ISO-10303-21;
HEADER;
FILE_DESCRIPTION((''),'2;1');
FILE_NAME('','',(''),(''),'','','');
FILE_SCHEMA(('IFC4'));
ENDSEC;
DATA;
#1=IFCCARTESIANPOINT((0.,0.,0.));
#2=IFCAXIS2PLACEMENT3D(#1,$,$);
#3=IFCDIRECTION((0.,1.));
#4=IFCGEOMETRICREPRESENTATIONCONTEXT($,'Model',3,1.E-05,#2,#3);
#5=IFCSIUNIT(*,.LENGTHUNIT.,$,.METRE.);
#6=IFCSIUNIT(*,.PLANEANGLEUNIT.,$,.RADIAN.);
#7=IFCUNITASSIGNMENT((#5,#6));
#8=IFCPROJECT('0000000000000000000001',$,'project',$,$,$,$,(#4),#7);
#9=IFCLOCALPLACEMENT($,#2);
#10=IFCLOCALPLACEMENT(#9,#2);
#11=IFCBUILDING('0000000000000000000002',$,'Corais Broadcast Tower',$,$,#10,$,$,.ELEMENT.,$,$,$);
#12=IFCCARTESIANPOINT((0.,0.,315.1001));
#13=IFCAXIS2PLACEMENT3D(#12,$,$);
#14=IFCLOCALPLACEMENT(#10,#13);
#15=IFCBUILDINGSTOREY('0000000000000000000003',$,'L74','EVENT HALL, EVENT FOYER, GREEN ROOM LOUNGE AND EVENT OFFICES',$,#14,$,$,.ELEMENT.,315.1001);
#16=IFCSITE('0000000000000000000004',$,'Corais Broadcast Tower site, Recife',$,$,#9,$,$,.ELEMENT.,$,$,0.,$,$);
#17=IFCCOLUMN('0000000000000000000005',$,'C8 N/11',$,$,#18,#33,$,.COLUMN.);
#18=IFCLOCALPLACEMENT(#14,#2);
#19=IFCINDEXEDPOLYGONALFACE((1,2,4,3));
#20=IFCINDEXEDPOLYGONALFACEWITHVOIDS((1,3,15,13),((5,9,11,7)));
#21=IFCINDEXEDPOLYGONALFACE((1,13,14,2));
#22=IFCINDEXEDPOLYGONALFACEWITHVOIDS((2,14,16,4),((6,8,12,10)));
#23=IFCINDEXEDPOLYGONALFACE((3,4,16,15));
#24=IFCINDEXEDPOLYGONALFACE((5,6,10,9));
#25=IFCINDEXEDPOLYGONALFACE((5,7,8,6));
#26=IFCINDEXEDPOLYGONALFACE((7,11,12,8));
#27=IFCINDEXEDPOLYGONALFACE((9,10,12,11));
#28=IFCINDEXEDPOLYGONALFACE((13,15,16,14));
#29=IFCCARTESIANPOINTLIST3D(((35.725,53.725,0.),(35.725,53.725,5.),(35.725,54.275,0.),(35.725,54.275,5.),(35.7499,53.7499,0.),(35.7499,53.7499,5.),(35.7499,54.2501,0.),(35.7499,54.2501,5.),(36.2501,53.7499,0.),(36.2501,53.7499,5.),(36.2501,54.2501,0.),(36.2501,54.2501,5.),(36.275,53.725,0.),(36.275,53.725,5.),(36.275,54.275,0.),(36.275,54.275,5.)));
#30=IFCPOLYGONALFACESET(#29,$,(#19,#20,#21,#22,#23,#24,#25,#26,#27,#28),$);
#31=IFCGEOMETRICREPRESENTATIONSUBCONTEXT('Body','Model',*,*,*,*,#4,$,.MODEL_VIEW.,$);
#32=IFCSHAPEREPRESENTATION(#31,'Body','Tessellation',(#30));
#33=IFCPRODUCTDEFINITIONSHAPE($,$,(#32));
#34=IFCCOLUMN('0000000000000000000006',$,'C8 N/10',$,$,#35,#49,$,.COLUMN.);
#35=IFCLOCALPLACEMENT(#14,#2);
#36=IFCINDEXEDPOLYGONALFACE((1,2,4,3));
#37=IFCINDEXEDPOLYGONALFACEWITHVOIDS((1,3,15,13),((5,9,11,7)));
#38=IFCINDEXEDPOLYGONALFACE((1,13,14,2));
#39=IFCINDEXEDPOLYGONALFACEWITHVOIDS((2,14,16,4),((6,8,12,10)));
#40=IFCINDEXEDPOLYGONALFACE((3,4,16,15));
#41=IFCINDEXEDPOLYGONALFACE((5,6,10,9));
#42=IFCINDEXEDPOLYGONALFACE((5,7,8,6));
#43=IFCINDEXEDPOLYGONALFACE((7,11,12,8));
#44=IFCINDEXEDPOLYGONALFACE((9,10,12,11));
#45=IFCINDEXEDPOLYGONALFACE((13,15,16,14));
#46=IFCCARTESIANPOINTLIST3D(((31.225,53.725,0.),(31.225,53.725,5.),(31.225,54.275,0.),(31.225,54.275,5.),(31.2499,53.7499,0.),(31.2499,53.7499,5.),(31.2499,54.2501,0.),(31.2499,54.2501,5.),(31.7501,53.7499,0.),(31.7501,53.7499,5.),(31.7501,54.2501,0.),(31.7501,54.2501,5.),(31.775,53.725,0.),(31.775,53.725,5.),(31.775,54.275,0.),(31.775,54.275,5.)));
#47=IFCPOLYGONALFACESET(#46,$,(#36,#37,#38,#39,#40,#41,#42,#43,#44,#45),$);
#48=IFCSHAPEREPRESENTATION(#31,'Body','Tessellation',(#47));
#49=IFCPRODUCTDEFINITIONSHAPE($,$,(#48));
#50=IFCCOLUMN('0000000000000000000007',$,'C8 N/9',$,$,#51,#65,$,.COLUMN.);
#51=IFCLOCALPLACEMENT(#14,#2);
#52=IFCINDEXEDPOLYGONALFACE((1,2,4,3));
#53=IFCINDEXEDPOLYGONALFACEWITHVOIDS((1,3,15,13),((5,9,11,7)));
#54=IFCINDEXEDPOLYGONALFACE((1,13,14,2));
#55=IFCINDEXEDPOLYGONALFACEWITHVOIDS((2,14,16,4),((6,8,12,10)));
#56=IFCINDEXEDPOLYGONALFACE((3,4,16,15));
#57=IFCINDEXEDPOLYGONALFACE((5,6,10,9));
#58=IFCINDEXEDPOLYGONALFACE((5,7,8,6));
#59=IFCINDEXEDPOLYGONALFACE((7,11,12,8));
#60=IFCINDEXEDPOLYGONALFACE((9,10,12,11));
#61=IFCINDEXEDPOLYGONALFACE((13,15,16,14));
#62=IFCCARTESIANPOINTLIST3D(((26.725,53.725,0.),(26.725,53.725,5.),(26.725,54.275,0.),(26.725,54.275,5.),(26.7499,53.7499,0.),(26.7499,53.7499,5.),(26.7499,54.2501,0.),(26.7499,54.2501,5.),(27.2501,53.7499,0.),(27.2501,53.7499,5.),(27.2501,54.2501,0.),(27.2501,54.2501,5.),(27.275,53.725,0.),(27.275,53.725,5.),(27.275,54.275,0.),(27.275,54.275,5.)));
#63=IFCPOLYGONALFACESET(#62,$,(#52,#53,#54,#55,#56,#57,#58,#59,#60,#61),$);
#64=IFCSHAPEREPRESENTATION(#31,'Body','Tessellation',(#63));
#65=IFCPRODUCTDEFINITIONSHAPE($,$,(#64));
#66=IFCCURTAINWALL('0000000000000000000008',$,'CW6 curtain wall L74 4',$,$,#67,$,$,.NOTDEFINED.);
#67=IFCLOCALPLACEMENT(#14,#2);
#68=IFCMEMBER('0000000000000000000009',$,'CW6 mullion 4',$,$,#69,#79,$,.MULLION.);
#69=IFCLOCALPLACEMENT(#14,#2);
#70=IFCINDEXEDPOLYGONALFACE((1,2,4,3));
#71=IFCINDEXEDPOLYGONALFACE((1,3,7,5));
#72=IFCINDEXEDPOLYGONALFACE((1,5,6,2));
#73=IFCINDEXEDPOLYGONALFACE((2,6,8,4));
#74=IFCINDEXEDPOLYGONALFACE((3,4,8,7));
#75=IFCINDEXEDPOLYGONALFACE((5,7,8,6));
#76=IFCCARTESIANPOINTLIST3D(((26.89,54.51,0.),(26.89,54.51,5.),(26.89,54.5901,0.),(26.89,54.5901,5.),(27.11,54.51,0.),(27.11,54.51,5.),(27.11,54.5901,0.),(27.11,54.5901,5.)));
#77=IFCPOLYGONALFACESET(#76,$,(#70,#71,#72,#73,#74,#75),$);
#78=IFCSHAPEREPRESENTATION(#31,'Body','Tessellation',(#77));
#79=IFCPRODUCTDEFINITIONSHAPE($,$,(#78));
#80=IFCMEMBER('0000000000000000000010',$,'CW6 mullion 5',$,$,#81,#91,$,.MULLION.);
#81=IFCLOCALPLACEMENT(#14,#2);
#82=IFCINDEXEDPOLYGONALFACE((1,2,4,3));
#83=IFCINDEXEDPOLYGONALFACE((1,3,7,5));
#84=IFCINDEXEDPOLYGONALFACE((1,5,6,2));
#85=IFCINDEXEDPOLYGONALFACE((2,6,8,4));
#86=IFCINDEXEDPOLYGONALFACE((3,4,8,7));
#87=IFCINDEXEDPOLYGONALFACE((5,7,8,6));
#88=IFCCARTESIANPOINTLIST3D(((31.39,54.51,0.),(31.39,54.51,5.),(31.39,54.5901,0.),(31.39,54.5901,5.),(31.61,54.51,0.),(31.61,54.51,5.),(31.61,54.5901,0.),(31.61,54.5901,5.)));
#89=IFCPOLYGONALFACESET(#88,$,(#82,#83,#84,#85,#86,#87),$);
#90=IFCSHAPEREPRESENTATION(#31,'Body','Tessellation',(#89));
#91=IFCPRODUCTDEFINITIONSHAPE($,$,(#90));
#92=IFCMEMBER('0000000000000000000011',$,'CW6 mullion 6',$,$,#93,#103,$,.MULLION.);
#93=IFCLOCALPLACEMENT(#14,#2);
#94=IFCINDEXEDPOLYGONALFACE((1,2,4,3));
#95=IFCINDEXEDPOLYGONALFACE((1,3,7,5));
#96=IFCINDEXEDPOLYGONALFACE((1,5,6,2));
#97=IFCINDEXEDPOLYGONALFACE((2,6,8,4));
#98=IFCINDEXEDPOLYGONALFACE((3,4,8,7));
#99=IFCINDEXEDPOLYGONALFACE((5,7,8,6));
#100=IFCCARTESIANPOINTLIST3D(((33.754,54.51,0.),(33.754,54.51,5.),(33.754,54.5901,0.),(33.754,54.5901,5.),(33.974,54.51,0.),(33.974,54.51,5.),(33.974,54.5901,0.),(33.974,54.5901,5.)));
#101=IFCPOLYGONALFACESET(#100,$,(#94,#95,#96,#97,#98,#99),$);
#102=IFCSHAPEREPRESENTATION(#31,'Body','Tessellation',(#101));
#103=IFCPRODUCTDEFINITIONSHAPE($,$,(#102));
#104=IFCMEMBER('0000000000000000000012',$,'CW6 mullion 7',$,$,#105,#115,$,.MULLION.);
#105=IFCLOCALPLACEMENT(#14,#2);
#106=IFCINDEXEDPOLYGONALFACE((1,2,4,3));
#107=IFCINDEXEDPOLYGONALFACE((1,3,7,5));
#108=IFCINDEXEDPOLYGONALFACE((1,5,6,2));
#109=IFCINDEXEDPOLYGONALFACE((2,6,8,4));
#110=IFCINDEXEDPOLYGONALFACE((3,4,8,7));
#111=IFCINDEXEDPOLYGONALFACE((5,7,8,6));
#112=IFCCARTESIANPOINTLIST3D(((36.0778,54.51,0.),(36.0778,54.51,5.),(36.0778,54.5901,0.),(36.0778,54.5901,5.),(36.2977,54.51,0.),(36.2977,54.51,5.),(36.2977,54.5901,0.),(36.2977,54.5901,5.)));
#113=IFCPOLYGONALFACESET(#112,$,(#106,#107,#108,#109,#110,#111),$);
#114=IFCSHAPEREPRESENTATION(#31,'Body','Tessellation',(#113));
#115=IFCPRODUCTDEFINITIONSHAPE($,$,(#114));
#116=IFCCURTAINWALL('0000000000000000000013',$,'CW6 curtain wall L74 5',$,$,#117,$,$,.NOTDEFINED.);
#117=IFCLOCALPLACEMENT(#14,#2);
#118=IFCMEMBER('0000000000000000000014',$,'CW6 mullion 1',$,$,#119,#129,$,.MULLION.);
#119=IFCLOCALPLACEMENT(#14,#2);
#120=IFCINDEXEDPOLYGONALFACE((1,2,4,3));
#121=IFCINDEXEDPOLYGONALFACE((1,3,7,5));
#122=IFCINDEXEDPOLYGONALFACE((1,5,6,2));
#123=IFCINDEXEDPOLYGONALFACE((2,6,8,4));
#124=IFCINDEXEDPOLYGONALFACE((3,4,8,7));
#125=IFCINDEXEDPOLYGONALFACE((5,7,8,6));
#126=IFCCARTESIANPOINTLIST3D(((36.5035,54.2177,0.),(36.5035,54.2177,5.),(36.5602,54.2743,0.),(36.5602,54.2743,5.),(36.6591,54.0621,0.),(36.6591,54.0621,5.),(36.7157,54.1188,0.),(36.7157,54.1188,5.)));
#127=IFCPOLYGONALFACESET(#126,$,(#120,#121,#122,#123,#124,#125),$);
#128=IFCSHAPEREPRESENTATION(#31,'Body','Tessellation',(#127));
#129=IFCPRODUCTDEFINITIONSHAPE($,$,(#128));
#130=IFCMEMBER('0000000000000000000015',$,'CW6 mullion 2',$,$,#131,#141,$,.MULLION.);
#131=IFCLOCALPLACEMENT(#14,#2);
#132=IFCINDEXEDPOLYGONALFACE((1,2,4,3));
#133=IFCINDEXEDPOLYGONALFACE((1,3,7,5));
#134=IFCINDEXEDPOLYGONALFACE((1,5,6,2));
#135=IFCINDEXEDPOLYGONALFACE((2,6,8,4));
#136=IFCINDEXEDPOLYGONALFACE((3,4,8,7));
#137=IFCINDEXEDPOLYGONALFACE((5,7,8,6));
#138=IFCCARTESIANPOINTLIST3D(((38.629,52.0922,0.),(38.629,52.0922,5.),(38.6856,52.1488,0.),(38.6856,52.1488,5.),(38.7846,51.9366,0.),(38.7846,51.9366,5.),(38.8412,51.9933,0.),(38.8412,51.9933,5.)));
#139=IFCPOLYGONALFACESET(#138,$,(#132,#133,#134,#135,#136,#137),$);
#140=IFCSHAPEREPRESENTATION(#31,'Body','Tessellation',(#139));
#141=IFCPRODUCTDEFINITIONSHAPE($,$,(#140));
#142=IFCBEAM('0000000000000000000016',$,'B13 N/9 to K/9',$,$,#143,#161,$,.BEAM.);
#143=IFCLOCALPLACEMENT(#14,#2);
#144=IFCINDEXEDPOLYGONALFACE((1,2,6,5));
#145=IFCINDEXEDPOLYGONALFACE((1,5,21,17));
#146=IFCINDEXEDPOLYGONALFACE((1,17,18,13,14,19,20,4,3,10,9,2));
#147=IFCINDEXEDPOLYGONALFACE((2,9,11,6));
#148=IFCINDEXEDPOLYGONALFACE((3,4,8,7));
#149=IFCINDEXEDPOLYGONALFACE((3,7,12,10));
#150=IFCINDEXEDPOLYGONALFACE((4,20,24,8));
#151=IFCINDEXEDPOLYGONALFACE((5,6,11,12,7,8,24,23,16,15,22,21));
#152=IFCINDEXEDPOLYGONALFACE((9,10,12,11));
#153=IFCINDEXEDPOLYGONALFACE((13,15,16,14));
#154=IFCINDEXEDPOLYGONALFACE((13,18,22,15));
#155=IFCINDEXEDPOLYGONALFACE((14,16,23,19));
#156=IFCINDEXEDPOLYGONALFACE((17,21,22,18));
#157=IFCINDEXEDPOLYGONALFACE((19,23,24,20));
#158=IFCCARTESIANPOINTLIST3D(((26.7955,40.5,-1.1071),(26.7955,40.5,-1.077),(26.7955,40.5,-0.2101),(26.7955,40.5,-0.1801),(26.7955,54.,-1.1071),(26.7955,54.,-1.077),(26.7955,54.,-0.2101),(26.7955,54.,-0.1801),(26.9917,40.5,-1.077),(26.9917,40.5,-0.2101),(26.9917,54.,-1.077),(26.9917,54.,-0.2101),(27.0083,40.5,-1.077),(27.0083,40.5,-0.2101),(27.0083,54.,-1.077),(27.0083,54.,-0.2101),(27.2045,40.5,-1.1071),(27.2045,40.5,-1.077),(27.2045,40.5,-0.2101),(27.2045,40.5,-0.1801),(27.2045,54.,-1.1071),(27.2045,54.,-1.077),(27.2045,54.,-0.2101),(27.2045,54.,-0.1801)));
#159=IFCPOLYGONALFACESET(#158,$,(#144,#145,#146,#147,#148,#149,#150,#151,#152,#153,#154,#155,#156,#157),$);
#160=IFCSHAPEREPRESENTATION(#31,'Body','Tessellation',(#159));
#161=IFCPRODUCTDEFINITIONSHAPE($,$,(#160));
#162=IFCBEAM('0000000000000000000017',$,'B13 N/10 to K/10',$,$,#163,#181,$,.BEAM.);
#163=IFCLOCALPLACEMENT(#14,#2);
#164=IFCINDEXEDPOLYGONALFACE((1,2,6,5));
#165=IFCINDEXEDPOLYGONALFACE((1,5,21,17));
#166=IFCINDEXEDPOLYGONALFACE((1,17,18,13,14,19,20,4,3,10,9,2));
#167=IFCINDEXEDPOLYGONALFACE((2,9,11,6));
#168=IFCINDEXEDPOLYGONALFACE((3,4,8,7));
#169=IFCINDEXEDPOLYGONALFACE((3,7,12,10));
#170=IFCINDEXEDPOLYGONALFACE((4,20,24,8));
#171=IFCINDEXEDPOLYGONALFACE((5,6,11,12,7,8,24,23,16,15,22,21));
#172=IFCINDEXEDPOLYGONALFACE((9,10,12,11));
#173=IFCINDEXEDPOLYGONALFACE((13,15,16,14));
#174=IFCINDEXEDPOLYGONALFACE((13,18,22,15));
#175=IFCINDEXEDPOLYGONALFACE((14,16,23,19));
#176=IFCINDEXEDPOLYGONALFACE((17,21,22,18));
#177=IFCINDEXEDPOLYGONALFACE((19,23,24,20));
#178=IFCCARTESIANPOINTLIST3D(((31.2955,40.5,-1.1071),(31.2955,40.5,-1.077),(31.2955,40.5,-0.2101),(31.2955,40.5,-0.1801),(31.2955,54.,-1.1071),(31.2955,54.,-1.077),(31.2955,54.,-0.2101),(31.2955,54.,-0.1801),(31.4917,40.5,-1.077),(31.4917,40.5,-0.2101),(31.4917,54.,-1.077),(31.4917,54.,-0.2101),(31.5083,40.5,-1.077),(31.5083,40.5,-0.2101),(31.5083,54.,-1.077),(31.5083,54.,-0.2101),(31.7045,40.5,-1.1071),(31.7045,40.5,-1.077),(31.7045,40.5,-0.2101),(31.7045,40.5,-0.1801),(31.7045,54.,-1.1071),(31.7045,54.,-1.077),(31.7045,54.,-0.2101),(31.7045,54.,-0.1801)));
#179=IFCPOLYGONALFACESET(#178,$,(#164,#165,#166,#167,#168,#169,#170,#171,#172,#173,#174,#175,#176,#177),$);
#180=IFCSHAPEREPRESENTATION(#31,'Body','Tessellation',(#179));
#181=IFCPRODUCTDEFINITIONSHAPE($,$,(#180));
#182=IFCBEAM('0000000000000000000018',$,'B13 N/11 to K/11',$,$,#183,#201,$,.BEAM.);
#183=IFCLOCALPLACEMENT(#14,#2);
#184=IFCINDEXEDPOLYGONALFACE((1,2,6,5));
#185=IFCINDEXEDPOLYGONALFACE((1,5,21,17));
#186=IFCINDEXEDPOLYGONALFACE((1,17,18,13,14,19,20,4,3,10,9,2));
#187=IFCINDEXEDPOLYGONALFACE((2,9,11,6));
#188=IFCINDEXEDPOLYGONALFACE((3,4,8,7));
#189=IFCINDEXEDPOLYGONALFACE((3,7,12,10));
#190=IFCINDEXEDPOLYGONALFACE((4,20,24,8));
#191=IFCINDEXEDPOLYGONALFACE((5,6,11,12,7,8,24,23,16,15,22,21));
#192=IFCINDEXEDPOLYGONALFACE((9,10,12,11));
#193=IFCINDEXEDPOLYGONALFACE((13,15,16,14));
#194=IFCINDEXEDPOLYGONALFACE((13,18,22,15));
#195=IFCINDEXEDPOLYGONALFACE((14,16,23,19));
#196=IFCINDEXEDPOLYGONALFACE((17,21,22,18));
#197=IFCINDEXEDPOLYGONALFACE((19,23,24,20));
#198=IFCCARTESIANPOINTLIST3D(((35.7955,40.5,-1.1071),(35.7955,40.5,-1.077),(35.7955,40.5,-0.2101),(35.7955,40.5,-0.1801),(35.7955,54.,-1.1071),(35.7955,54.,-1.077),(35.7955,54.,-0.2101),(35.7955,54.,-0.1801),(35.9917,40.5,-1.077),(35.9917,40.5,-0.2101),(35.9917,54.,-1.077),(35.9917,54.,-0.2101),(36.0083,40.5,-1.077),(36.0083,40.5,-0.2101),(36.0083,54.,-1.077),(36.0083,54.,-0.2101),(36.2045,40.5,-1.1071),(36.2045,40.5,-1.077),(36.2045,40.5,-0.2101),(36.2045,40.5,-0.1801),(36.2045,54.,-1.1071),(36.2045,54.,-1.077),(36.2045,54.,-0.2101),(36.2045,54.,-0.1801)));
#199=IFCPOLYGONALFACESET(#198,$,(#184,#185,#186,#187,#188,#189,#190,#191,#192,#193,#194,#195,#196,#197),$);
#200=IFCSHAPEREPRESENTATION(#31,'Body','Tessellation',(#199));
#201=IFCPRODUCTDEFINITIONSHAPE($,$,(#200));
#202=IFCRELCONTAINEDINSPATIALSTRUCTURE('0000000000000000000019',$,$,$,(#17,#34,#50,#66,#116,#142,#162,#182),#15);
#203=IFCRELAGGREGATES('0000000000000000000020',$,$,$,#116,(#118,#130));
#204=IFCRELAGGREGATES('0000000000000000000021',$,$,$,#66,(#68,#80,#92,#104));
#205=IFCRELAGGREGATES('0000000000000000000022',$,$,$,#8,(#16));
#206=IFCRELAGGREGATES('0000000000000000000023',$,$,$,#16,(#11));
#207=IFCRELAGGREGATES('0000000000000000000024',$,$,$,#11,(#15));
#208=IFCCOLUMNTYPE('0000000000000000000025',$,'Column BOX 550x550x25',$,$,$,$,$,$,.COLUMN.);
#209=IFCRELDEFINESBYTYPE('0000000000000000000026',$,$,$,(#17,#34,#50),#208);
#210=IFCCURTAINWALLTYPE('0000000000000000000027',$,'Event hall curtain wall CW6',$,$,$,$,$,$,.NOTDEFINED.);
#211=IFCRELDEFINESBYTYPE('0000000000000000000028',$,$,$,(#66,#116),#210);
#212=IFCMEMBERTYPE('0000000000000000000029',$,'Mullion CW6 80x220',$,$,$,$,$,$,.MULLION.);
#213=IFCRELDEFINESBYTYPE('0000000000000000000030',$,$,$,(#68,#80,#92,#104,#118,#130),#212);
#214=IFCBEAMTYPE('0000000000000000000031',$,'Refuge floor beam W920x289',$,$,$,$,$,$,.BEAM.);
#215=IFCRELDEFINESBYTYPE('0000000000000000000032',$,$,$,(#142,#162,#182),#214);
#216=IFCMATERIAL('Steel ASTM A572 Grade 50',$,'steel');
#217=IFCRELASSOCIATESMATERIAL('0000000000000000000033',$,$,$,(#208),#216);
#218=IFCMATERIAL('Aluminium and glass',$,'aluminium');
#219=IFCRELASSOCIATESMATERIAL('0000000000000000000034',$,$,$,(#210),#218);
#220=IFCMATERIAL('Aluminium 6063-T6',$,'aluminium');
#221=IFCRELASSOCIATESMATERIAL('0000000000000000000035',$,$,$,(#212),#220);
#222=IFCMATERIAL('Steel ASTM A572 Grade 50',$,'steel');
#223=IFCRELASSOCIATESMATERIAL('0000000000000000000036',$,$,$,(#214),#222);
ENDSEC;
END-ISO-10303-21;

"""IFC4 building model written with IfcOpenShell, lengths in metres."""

from ifc_helpers import new_model, si_unit, direction, frame, origin, origin_2d, place, context, subcontext, project, spatial, rectangle, hollow_rectangle, i_section, extrude, material, material_profile, profile_set, type_object, element, aggregate, save


model = new_model("IFC4")

# Units and contexts
model_context = context("Model", 3, precision=1e-05, world=origin(), true_north=direction((0.0, 1.0)))
body_context = subcontext(model_context, "Body", "Model", "MODEL_VIEW")
ifc_project = project(units=[si_unit("LENGTHUNIT", "METRE"), si_unit("PLANEANGLEUNIT", "RADIAN")], contexts=[model_context])

# Site, building, storey
site_placement = place(None, origin())
site = spatial("IfcSite", under=ifc_project, at=site_placement, Name="Corais Broadcast Tower site, Recife", CompositionType="ELEMENT", RefElevation=0.0)
building_placement = place(site_placement, origin())
building = spatial("IfcBuilding", under=site, at=building_placement, Name="Corais Broadcast Tower", CompositionType="ELEMENT")
storey_placement = place(building_placement, frame((0.0, 0.0, 315.1001)))
storey = spatial("IfcBuildingStorey", under=building, at=storey_placement, Name="L74", Description="EVENT HALL, EVENT FOYER, GREEN ROOM LOUNGE AND EVENT OFFICES", CompositionType="ELEMENT", Elevation=315.1001)

# Columns
ifc_material_1 = material(Name="Steel ASTM A572 Grade 50", Category="steel")
ifc_material_profile_1 = material_profile(ifc_material_1, hollow_rectangle(XDim=0.55, YDim=0.55, WallThickness=0.0249, at=origin_2d()), Name="BOX 550x550x25")
ifc_profile_set_1 = profile_set([ifc_material_profile_1], Name="Steel ASTM A572 Grade 50")
column_type = type_object("IfcColumnType", Name="Column BOX 550x550x25", PredefinedType="COLUMN", material=ifc_profile_set_1)
for number, where, z_axis, x_axis, name in (
    (1, (36.0, 54.0, 0.0), (0.0, 0.0, 1.0), (1.0, 0.0, 0.0), "C8 N/11"),
    (2, (31.5, 54.0, 0.0), (0.0, 0.0, 1.0), (1.0, 0.0, 0.0), "C8 N/10"),
    (3, (27.0, 54.0, 0.0), (0.0, 0.0, 1.0), (1.0, 0.0, 0.0), "C8 N/9"),
):
    element("IfcColumn", number, at=place(storey_placement, frame(where, z_axis=z_axis, x_axis=x_axis)), inside=storey, type_object=column_type, Name=name, PredefinedType="COLUMN", context=body_context, shape_type="SweptSolid", body=[
        extrude(hollow_rectangle(XDim=0.55, YDim=0.55, WallThickness=0.0249, at=origin_2d()), origin(), (0.0, 0.0, 1.0), 5.0),
    ])

# Curtain walls, members
ifc_material_2 = material(Name="Aluminium and glass", Category="aluminium")
curtain_wall_type = type_object("IfcCurtainWallType", Name="Event hall curtain wall CW6", PredefinedType="NOTDEFINED", material=ifc_material_2)
curtain_wall_1_placement = place(storey_placement, origin())
curtain_wall_1 = element("IfcCurtainWall", 4, at=curtain_wall_1_placement, inside=storey, type_object=curtain_wall_type, Name="CW6 curtain wall L74 4", PredefinedType="NOTDEFINED")
ifc_material_3 = material(Name="Aluminium 6063-T6", Category="aluminium")
ifc_material_profile_2 = material_profile(ifc_material_3, rectangle(XDim=0.0801, YDim=0.22, at=origin_2d()), Name="Mullion CW6 80x220")
ifc_profile_set_2 = profile_set([ifc_material_profile_2], Name="Aluminium 6063-T6")
member_type_1 = type_object("IfcMemberType", Name="Mullion CW6 80x220", PredefinedType="MULLION", material=ifc_profile_set_2)
member_1_placement = place(storey_placement, frame((27.0, 54.55, 0.0), z_axis=(0.0, 0.0, 1.0), x_axis=(0.0, 1.0, 0.0)))
member_1 = element("IfcMember", 5, at=member_1_placement, type_object=member_type_1, Name="CW6 mullion 4", PredefinedType="MULLION", context=body_context, shape_type="SweptSolid", body=[
    extrude(rectangle(XDim=0.0801, YDim=0.22, at=origin_2d()), origin(), (0.0, 0.0, 1.0), 5.0),
])
member_2_placement = place(storey_placement, frame((31.5, 54.55, 0.0), z_axis=(0.0, 0.0, 1.0), x_axis=(0.0, 1.0, 0.0)))
member_2 = element("IfcMember", 6, at=member_2_placement, type_object=member_type_1, Name="CW6 mullion 5", PredefinedType="MULLION", context=body_context, shape_type="SweptSolid", body=[
    extrude(rectangle(XDim=0.0801, YDim=0.22, at=origin_2d()), origin(), (0.0, 0.0, 1.0), 5.0),
])
member_3_placement = place(storey_placement, frame((33.864, 54.55, 0.0), z_axis=(0.0, 0.0, 1.0), x_axis=(0.0, 1.0, 0.0)))
member_3 = element("IfcMember", 7, at=member_3_placement, type_object=member_type_1, Name="CW6 mullion 6", PredefinedType="MULLION", context=body_context, shape_type="SweptSolid", body=[
    extrude(rectangle(XDim=0.0801, YDim=0.22, at=origin_2d()), origin(), (0.0, 0.0, 1.0), 5.0),
])
member_4_placement = place(storey_placement, frame((36.1877, 54.55, 0.0), z_axis=(0.0, 0.0, 1.0), x_axis=(0.0, 1.0, 0.0)))
member_4 = element("IfcMember", 8, at=member_4_placement, type_object=member_type_1, Name="CW6 mullion 7", PredefinedType="MULLION", context=body_context, shape_type="SweptSolid", body=[
    extrude(rectangle(XDim=0.0801, YDim=0.22, at=origin_2d()), origin(), (0.0, 0.0, 1.0), 5.0),
])
curtain_wall_2_placement = place(storey_placement, origin())
curtain_wall_2 = element("IfcCurtainWall", 9, at=curtain_wall_2_placement, inside=storey, type_object=curtain_wall_type, Name="CW6 curtain wall L74 5", PredefinedType="NOTDEFINED")
member_5_placement = place(storey_placement, frame((36.6096, 54.1682, 0.0), z_axis=(0.0, 0.0, 1.0), x_axis=(0.707107, 0.707107, 0.0)))
member_5 = element("IfcMember", 10, at=member_5_placement, type_object=member_type_1, Name="CW6 mullion 1", PredefinedType="MULLION", context=body_context, shape_type="SweptSolid", body=[
    extrude(rectangle(XDim=0.0801, YDim=0.22, at=origin_2d()), origin(), (0.0, 0.0, 1.0), 5.0),
])
member_6_placement = place(storey_placement, frame((38.7351, 52.0427, 0.0), z_axis=(0.0, 0.0, 1.0), x_axis=(0.707107, 0.707107, 0.0)))
member_6 = element("IfcMember", 11, at=member_6_placement, type_object=member_type_1, Name="CW6 mullion 2", PredefinedType="MULLION", context=body_context, shape_type="SweptSolid", body=[
    extrude(rectangle(XDim=0.0801, YDim=0.22, at=origin_2d()), origin(), (0.0, 0.0, 1.0), 5.0),
])

# Beams
ifc_material_4 = material(Name="Steel ASTM A572 Grade 50", Category="steel")
ifc_material_profile_3 = material_profile(ifc_material_4, i_section(OverallWidth=0.4089, OverallDepth=0.927, WebThickness=0.0166, FlangeThickness=0.03, at=origin_2d()), Name="W920x289")
ifc_profile_set_3 = profile_set([ifc_material_profile_3], Name="Steel ASTM A572 Grade 50")
beam_type_1 = type_object("IfcBeamType", Name="Refuge floor beam W920x289", PredefinedType="BEAM", material=ifc_profile_set_3)
for number, where, z_axis, x_axis, name in (
    (12, (27.0, 54.0, -0.6436), (0.0, -1.0, 0.0), (1.0, 0.0, 0.0), "B13 N/9 to K/9"),
    (13, (31.5, 54.0, -0.6436), (0.0, -1.0, 0.0), (1.0, 0.0, 0.0), "B13 N/10 to K/10"),
    (14, (36.0, 54.0, -0.6436), (0.0, -1.0, 0.0), (1.0, 0.0, 0.0), "B13 N/11 to K/11"),
):
    element("IfcBeam", number, at=place(storey_placement, frame(where, z_axis=z_axis, x_axis=x_axis)), inside=storey, type_object=beam_type_1, Name=name, PredefinedType="BEAM", context=body_context, shape_type="SweptSolid", body=[
        extrude(i_section(OverallWidth=0.4089, OverallDepth=0.927, WebThickness=0.0166, FlangeThickness=0.03, at=origin_2d()), origin(), (0.0, 0.0, 1.0), 13.5),
    ])

aggregate(curtain_wall_2, [member_5, member_6])
aggregate(curtain_wall_1, [member_1, member_2, member_3, member_4])

save(model, "model.ifc")
